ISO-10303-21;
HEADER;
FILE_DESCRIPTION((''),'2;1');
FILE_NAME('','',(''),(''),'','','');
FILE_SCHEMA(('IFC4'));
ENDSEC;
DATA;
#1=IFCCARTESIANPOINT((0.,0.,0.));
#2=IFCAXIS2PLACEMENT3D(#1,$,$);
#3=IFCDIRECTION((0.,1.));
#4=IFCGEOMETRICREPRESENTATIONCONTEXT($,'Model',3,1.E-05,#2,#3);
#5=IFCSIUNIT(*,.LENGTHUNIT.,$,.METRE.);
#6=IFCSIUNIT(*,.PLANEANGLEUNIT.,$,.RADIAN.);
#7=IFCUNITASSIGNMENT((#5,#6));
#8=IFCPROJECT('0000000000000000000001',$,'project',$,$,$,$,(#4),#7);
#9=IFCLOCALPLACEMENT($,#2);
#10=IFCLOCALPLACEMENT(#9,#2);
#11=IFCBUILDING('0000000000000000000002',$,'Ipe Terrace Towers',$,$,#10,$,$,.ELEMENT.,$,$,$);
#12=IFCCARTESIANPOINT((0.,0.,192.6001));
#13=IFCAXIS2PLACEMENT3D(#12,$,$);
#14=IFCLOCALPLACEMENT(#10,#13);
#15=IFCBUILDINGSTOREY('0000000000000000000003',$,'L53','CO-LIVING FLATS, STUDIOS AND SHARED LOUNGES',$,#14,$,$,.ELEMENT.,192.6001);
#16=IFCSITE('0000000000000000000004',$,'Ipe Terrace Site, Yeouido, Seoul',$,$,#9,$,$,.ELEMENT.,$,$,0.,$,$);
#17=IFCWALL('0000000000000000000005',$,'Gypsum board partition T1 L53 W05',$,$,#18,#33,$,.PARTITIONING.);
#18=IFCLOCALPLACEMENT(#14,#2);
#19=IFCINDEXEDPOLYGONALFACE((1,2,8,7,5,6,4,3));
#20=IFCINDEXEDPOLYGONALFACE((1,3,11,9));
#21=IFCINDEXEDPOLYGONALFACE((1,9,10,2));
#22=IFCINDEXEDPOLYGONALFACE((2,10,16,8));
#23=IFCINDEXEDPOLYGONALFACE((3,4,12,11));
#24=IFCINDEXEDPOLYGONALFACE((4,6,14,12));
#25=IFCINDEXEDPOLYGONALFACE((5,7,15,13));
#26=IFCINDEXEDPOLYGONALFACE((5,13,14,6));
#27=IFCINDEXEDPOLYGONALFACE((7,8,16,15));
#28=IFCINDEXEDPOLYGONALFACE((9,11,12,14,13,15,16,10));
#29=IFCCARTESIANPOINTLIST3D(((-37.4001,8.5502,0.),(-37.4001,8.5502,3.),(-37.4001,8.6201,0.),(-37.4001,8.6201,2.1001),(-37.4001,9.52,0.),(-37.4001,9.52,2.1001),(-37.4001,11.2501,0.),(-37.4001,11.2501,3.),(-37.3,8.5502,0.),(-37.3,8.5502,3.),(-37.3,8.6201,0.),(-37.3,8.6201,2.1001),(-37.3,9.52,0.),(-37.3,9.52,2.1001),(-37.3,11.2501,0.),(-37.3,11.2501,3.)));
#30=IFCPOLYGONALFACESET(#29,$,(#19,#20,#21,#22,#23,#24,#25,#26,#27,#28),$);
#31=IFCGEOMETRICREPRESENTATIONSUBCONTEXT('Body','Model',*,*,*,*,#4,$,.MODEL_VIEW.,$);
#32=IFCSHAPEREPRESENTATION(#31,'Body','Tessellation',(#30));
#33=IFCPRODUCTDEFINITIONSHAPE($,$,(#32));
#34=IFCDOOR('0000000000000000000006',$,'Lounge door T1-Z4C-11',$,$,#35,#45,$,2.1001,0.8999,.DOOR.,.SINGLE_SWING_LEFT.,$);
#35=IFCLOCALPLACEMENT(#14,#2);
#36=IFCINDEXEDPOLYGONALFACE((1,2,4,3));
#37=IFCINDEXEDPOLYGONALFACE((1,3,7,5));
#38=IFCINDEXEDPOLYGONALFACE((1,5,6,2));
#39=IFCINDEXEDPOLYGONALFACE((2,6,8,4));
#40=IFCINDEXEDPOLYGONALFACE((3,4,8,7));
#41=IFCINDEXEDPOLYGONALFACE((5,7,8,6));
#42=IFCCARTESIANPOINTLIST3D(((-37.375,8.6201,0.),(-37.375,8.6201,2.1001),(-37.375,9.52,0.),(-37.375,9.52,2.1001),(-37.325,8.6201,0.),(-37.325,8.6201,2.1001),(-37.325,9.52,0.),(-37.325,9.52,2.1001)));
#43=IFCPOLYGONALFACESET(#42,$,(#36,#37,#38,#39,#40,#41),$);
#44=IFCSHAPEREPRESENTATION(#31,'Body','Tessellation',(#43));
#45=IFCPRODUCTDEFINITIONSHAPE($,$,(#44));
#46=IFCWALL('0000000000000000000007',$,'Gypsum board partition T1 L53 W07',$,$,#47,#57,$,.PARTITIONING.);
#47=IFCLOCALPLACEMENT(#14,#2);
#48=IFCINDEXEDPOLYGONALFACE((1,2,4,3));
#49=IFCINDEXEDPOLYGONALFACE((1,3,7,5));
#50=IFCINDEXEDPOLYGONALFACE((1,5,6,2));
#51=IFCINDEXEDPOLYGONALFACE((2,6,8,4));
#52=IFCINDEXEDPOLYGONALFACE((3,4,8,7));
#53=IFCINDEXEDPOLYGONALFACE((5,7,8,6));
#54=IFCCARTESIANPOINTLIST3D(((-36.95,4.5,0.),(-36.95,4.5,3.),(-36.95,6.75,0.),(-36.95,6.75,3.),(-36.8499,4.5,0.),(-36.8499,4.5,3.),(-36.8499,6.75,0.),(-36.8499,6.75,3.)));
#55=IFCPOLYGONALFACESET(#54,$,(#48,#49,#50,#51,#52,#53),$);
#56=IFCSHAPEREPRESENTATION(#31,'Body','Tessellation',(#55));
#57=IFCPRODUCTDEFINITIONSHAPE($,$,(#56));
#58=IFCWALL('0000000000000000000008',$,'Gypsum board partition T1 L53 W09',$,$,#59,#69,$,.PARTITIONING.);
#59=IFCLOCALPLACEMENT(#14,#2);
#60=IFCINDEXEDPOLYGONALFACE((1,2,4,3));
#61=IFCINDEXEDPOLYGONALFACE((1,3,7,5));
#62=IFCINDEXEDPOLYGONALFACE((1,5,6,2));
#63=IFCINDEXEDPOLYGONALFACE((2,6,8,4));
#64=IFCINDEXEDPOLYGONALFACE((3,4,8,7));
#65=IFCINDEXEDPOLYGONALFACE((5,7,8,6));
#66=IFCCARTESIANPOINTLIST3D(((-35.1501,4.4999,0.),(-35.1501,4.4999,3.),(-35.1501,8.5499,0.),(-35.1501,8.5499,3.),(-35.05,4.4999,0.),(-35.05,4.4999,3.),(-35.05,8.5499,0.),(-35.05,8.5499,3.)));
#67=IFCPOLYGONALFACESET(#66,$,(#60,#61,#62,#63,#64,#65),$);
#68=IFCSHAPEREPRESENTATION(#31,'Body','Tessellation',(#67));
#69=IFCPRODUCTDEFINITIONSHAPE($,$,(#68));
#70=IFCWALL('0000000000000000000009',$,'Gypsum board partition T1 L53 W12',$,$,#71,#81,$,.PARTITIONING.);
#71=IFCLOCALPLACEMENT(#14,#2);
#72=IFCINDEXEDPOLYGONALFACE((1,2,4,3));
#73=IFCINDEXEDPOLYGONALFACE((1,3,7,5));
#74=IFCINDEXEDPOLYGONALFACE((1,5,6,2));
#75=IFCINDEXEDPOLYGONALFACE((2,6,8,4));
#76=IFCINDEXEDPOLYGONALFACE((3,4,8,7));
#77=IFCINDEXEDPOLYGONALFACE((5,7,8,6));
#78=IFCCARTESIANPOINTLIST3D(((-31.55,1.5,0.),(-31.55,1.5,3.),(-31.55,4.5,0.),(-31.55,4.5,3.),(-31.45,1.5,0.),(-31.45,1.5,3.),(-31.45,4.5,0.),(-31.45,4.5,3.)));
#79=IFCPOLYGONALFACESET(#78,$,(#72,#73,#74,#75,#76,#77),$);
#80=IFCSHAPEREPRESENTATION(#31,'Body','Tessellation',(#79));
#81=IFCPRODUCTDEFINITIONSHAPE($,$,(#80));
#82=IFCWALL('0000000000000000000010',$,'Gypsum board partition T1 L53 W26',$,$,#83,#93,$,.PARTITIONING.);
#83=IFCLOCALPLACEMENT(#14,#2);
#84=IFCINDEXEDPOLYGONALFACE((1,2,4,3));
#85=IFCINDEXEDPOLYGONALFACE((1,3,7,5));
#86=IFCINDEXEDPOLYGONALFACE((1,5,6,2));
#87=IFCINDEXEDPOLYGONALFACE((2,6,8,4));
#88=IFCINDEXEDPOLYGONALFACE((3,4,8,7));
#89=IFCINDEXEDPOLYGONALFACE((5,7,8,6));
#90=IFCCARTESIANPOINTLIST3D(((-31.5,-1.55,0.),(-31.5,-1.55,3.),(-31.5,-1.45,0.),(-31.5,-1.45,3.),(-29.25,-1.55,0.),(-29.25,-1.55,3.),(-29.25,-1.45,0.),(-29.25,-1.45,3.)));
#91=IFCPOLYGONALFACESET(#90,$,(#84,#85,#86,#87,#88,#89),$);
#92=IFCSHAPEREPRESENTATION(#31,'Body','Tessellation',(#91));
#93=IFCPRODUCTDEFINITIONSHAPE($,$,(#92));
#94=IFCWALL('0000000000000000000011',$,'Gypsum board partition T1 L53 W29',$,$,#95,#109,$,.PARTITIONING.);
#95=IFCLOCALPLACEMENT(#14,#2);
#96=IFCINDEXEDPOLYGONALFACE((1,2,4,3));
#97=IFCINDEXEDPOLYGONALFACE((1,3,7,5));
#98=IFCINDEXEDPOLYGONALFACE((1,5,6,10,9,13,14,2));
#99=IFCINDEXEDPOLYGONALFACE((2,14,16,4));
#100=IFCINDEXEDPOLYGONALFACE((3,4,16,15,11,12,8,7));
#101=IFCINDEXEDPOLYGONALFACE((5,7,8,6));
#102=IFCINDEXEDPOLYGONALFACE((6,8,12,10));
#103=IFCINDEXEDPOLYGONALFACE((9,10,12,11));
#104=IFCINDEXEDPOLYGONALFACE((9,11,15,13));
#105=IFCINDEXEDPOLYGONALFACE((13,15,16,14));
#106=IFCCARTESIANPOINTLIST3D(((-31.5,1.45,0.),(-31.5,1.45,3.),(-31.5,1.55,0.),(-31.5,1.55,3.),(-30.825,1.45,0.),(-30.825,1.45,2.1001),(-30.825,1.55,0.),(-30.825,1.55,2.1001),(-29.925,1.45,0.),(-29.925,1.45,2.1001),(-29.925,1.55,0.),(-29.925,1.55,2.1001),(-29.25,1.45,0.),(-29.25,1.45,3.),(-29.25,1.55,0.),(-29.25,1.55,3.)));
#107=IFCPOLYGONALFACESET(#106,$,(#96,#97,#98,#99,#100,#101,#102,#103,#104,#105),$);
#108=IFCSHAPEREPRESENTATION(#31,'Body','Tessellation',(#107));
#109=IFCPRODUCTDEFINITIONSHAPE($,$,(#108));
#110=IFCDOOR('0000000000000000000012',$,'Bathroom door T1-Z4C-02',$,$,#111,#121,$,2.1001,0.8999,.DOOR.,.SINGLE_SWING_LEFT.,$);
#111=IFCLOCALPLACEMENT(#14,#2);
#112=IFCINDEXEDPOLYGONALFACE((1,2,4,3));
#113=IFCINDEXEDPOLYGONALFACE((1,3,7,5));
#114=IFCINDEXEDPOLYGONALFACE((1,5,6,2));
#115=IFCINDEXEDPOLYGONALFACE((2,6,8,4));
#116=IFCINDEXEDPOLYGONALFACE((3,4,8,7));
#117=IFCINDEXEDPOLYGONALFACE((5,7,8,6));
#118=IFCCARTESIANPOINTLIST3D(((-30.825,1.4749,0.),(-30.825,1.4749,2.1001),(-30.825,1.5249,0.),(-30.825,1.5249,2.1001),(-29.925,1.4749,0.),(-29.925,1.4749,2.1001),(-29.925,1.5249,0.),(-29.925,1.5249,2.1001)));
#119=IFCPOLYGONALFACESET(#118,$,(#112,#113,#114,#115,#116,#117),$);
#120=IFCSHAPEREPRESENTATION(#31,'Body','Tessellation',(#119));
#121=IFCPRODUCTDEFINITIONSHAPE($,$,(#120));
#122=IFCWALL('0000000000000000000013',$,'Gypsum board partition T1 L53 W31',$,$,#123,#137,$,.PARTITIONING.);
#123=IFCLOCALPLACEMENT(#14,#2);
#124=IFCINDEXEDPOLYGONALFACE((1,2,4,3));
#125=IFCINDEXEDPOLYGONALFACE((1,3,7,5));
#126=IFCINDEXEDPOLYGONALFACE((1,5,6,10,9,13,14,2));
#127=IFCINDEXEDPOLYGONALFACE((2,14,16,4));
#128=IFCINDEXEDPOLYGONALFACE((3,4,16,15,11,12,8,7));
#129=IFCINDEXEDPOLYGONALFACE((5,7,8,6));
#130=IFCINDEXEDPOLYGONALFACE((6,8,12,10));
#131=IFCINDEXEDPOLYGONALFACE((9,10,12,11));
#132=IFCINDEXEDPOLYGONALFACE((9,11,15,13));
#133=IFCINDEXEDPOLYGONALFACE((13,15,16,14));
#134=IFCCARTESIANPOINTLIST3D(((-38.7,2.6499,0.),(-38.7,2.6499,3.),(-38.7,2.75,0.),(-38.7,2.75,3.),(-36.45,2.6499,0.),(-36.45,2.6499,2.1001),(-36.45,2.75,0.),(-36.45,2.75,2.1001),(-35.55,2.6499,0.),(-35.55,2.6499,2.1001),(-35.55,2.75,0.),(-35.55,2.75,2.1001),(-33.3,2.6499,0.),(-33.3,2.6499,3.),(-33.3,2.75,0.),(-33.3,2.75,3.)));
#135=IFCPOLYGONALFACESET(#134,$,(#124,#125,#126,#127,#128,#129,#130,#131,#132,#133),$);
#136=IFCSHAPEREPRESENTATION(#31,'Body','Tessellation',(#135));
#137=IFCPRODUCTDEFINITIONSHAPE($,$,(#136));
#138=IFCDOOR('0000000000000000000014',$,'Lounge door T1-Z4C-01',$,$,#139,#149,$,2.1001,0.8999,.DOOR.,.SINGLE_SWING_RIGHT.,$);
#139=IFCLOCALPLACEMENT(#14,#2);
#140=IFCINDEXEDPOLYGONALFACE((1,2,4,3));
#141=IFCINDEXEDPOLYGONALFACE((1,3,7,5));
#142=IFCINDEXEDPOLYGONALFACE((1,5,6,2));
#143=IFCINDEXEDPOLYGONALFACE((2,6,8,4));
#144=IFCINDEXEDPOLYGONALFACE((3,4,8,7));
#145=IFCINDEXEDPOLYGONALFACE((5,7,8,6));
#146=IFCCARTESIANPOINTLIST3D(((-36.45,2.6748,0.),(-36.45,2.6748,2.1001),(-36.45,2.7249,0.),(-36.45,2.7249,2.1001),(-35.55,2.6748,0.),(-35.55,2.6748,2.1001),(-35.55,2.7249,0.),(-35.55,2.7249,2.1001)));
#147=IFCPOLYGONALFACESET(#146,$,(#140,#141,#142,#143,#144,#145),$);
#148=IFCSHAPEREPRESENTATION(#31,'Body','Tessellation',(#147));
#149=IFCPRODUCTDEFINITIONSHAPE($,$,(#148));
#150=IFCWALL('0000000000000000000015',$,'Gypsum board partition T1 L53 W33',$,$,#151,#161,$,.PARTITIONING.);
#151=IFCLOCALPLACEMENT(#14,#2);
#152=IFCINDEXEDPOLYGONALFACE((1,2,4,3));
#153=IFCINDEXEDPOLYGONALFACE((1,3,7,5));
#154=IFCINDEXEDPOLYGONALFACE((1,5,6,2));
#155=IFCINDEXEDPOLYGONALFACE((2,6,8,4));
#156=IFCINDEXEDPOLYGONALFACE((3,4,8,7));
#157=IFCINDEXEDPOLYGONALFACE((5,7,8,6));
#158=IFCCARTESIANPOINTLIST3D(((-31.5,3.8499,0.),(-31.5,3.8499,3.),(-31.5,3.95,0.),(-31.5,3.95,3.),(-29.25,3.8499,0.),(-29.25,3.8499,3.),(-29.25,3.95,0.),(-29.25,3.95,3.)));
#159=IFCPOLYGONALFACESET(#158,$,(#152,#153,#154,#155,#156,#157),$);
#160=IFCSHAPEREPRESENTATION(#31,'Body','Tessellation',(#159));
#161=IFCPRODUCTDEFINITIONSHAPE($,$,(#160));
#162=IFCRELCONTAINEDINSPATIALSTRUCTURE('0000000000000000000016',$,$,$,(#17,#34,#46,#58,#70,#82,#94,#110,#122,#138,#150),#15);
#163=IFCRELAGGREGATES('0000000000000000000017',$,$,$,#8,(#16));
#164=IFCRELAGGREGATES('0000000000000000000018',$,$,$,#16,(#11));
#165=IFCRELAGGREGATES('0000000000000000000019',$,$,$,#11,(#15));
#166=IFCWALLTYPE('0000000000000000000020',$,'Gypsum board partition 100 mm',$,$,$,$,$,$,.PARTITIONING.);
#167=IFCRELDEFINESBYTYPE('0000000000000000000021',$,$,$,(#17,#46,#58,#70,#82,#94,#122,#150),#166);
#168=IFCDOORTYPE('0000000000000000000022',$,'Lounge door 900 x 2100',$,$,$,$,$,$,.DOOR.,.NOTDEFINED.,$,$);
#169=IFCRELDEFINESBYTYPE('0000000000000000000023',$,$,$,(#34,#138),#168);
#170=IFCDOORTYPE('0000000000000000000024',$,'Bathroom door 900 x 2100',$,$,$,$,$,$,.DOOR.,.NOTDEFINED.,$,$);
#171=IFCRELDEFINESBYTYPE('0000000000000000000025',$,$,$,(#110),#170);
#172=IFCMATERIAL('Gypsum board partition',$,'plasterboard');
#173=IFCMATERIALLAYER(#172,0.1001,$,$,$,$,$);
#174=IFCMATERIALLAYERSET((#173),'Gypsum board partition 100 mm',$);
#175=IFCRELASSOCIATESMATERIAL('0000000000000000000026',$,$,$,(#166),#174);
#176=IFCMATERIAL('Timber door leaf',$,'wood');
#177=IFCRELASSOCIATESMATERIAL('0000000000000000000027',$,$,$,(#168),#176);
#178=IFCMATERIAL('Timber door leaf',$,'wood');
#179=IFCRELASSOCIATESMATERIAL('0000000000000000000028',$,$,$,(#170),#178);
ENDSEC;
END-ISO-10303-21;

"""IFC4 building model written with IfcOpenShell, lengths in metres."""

from ifc_helpers import new_model, si_unit, direction, frame, frame_2d, origin, place, context, subcontext, project, spatial, rectangle, extrude, material, layer, layer_set, type_object, element, fill, save


model = new_model("IFC4")

# Units and contexts
model_context = context("Model", 3, precision=1e-05, world=origin(), true_north=direction((0.0, 1.0)))
body_context = subcontext(model_context, "Body", "Model", "MODEL_VIEW")
ifc_project = project(units=[si_unit("LENGTHUNIT", "METRE"), si_unit("PLANEANGLEUNIT", "RADIAN")], contexts=[model_context])

# Site, building, storey
site_placement = place(None, origin())
site = spatial("IfcSite", under=ifc_project, at=site_placement, Name="Ipe Terrace Site, Yeouido, Seoul", CompositionType="ELEMENT", RefElevation=0.0)
building_placement = place(site_placement, origin())
building = spatial("IfcBuilding", under=site, at=building_placement, Name="Ipe Terrace Towers", CompositionType="ELEMENT")
storey_placement = place(building_placement, frame((0.0, 0.0, 192.6001)))
storey = spatial("IfcBuildingStorey", under=building, at=storey_placement, Name="L53", Description="CO-LIVING FLATS, STUDIOS AND SHARED LOUNGES", CompositionType="ELEMENT", Elevation=192.6001)

# Wall, opening, door
ifc_material_1 = material(Name="Gypsum board partition", Category="plasterboard")
ifc_layer_1 = layer(ifc_material_1, 0.1001)
ifc_layer_set_1 = layer_set([ifc_layer_1], Name="Gypsum board partition 100 mm")
wall_type_1 = type_object("IfcWallType", Name="Gypsum board partition 100 mm", PredefinedType="PARTITIONING", material=ifc_layer_set_1)
ifc_material_2 = material(Name="Timber door leaf", Category="wood")
door_type_1 = type_object("IfcDoorType", Name="Lounge door 900 x 2100", OperationType="NOTDEFINED", PredefinedType="DOOR", material=ifc_material_2)
wall_1_placement = place(storey_placement, frame((-37.3501, 8.55, 0.0), z_axis=(0.0, 0.0, 1.0), x_axis=(0.0, 1.0, 0.0)))
wall_1 = element("IfcWall", 1, at=wall_1_placement, inside=storey, type_object=wall_type_1, Name="Gypsum board partition T1 L53 W05", PredefinedType="PARTITIONING", context=body_context, shape_type="SweptSolid", body=[
    extrude(rectangle(XDim=2.7, YDim=0.1001, at=frame_2d((1.3501, 0.0))), origin(), (0.0, 0.0, 1.0), 3.0),
])
opening_1_placement = place(wall_1_placement, frame((0.0701, 0.0, 0.0)))
opening_1 = element("IfcOpeningElement", 2, at=opening_1_placement, cuts=wall_1, PredefinedType="OPENING", context=body_context, shape_type="SweptSolid", body=[
    extrude(rectangle(XDim=0.8999, YDim=2.1001, at=frame_2d((0.45, 1.05))), frame((0.0, 0.0601, 0.0), z_axis=(0.0, -1.0, 0.0), x_axis=(1.0, 0.0, 0.0)), (0.0, 0.0, 1.0), 0.1201),
])
door_1_placement = place(opening_1_placement, origin())
door_1 = element("IfcDoor", 3, at=door_1_placement, inside=storey, type_object=door_type_1, Name="Lounge door T1-Z4C-11", OperationType="SINGLE_SWING_LEFT", OverallHeight=2.1001, OverallWidth=0.8999, PredefinedType="DOOR", context=body_context, shape_type="SweptSolid", body=[
    extrude(rectangle(XDim=0.8999, YDim=2.1001, at=frame_2d((0.45, 1.05))), frame((0.0, 0.0249, 0.0), z_axis=(0.0, -1.0, 0.0), x_axis=(1.0, 0.0, 0.0)), (0.0, 0.0, 1.0), 0.05),
])
fill(opening_1, door_1)

# Walls
wall_2_placement = place(storey_placement, frame((-36.8999, 4.5, 0.0), z_axis=(0.0, 0.0, 1.0), x_axis=(0.0, 1.0, 0.0)))
element("IfcWall", 4, at=wall_2_placement, inside=storey, type_object=wall_type_1, Name="Gypsum board partition T1 L53 W07", PredefinedType="PARTITIONING", context=body_context, shape_type="SweptSolid", body=[
    extrude(rectangle(XDim=2.25, YDim=0.1001, at=frame_2d((1.125, 0.0))), origin(), (0.0, 0.0, 1.0), 3.0),
])
wall_3_placement = place(storey_placement, frame((-35.1001, 4.5, 0.0), z_axis=(0.0, 0.0, 1.0), x_axis=(0.0, 1.0, 0.0)))
element("IfcWall", 5, at=wall_3_placement, inside=storey, type_object=wall_type_1, Name="Gypsum board partition T1 L53 W09", PredefinedType="PARTITIONING", context=body_context, shape_type="SweptSolid", body=[
    extrude(rectangle(XDim=4.05, YDim=0.1001, at=frame_2d((2.0249, 0.0))), origin(), (0.0, 0.0, 1.0), 3.0),
])
wall_4_placement = place(storey_placement, frame((-31.5, 1.5, 0.0), z_axis=(0.0, 0.0, 1.0), x_axis=(0.0, 1.0, 0.0)))
element("IfcWall", 6, at=wall_4_placement, inside=storey, type_object=wall_type_1, Name="Gypsum board partition T1 L53 W12", PredefinedType="PARTITIONING", context=body_context, shape_type="SweptSolid", body=[
    extrude(rectangle(XDim=3.0, YDim=0.1001, at=frame_2d((1.5, 0.0))), origin(), (0.0, 0.0, 1.0), 3.0),
])
wall_5_placement = place(storey_placement, frame((-31.5, -1.5, 0.0), z_axis=(0.0, 0.0, 1.0), x_axis=(1.0, 0.0, 0.0)))
element("IfcWall", 7, at=wall_5_placement, inside=storey, type_object=wall_type_1, Name="Gypsum board partition T1 L53 W26", PredefinedType="PARTITIONING", context=body_context, shape_type="SweptSolid", body=[
    extrude(rectangle(XDim=2.25, YDim=0.1001, at=frame_2d((1.125, 0.0))), origin(), (0.0, 0.0, 1.0), 3.0),
])

# Walls, openings, doors
wall_6_placement = place(storey_placement, frame((-31.5, 1.5, 0.0), z_axis=(0.0, 0.0, 1.0), x_axis=(1.0, 0.0, 0.0)))
wall_6 = element("IfcWall", 8, at=wall_6_placement, inside=storey, type_object=wall_type_1, Name="Gypsum board partition T1 L53 W29", PredefinedType="PARTITIONING", context=body_context, shape_type="SweptSolid", body=[
    extrude(rectangle(XDim=2.25, YDim=0.1001, at=frame_2d((1.125, 0.0))), origin(), (0.0, 0.0, 1.0), 3.0),
])
opening_2_placement = place(wall_6_placement, frame((0.675, 0.0, 0.0)))
opening_2 = element("IfcOpeningElement", 9, at=opening_2_placement, cuts=wall_6, PredefinedType="OPENING", context=body_context, shape_type="SweptSolid", body=[
    extrude(rectangle(XDim=0.8999, YDim=2.1001, at=frame_2d((0.45, 1.05))), frame((0.0, 0.0601, 0.0), z_axis=(0.0, -1.0, 0.0), x_axis=(1.0, 0.0, 0.0)), (0.0, 0.0, 1.0), 0.1201),
])
ifc_material_3 = material(Name="Timber door leaf", Category="wood")
door_type_2 = type_object("IfcDoorType", Name="Bathroom door 900 x 2100", OperationType="NOTDEFINED", PredefinedType="DOOR", material=ifc_material_3)
door_2_placement = place(opening_2_placement, origin())
door_2 = element("IfcDoor", 10, at=door_2_placement, inside=storey, type_object=door_type_2, Name="Bathroom door T1-Z4C-02", OperationType="SINGLE_SWING_LEFT", OverallHeight=2.1001, OverallWidth=0.8999, PredefinedType="DOOR", context=body_context, shape_type="SweptSolid", body=[
    extrude(rectangle(XDim=0.8999, YDim=2.1001, at=frame_2d((0.45, 1.05))), frame((0.0, 0.0249, 0.0), z_axis=(0.0, -1.0, 0.0), x_axis=(1.0, 0.0, 0.0)), (0.0, 0.0, 1.0), 0.05),
])
fill(opening_2, door_2)
wall_7_placement = place(storey_placement, frame((-38.7, 2.7, 0.0), z_axis=(0.0, 0.0, 1.0), x_axis=(1.0, 0.0, 0.0)))
wall_7 = element("IfcWall", 11, at=wall_7_placement, inside=storey, type_object=wall_type_1, Name="Gypsum board partition T1 L53 W31", PredefinedType="PARTITIONING", context=body_context, shape_type="SweptSolid", body=[
    extrude(rectangle(XDim=5.3999, YDim=0.1001, at=frame_2d((2.7, 0.0))), origin(), (0.0, 0.0, 1.0), 3.0),
])
opening_3_placement = place(wall_7_placement, frame((2.25, 0.0, 0.0)))
opening_3 = element("IfcOpeningElement", 12, at=opening_3_placement, cuts=wall_7, PredefinedType="OPENING", context=body_context, shape_type="SweptSolid", body=[
    extrude(rectangle(XDim=0.8999, YDim=2.1001, at=frame_2d((0.45, 1.05))), frame((0.0, 0.0601, 0.0), z_axis=(0.0, -1.0, 0.0), x_axis=(1.0, 0.0, 0.0)), (0.0, 0.0, 1.0), 0.1201),
])
door_3_placement = place(opening_3_placement, origin())
door_3 = element("IfcDoor", 13, at=door_3_placement, inside=storey, type_object=door_type_1, Name="Lounge door T1-Z4C-01", OperationType="SINGLE_SWING_RIGHT", OverallHeight=2.1001, OverallWidth=0.8999, PredefinedType="DOOR", context=body_context, shape_type="SweptSolid", body=[
    extrude(rectangle(XDim=0.8999, YDim=2.1001, at=frame_2d((0.45, 1.05))), frame((0.0, 0.0249, 0.0), z_axis=(0.0, -1.0, 0.0), x_axis=(1.0, 0.0, 0.0)), (0.0, 0.0, 1.0), 0.05),
])
fill(opening_3, door_3)

# Wall
wall_8_placement = place(storey_placement, frame((-31.5, 3.8999, 0.0), z_axis=(0.0, 0.0, 1.0), x_axis=(1.0, 0.0, 0.0)))
element("IfcWall", 14, at=wall_8_placement, inside=storey, type_object=wall_type_1, Name="Gypsum board partition T1 L53 W33", PredefinedType="PARTITIONING", context=body_context, shape_type="SweptSolid", body=[
    extrude(rectangle(XDim=2.25, YDim=0.1001, at=frame_2d((1.125, 0.0))), origin(), (0.0, 0.0, 1.0), 3.0),
])

save(model, "model.ifc")
